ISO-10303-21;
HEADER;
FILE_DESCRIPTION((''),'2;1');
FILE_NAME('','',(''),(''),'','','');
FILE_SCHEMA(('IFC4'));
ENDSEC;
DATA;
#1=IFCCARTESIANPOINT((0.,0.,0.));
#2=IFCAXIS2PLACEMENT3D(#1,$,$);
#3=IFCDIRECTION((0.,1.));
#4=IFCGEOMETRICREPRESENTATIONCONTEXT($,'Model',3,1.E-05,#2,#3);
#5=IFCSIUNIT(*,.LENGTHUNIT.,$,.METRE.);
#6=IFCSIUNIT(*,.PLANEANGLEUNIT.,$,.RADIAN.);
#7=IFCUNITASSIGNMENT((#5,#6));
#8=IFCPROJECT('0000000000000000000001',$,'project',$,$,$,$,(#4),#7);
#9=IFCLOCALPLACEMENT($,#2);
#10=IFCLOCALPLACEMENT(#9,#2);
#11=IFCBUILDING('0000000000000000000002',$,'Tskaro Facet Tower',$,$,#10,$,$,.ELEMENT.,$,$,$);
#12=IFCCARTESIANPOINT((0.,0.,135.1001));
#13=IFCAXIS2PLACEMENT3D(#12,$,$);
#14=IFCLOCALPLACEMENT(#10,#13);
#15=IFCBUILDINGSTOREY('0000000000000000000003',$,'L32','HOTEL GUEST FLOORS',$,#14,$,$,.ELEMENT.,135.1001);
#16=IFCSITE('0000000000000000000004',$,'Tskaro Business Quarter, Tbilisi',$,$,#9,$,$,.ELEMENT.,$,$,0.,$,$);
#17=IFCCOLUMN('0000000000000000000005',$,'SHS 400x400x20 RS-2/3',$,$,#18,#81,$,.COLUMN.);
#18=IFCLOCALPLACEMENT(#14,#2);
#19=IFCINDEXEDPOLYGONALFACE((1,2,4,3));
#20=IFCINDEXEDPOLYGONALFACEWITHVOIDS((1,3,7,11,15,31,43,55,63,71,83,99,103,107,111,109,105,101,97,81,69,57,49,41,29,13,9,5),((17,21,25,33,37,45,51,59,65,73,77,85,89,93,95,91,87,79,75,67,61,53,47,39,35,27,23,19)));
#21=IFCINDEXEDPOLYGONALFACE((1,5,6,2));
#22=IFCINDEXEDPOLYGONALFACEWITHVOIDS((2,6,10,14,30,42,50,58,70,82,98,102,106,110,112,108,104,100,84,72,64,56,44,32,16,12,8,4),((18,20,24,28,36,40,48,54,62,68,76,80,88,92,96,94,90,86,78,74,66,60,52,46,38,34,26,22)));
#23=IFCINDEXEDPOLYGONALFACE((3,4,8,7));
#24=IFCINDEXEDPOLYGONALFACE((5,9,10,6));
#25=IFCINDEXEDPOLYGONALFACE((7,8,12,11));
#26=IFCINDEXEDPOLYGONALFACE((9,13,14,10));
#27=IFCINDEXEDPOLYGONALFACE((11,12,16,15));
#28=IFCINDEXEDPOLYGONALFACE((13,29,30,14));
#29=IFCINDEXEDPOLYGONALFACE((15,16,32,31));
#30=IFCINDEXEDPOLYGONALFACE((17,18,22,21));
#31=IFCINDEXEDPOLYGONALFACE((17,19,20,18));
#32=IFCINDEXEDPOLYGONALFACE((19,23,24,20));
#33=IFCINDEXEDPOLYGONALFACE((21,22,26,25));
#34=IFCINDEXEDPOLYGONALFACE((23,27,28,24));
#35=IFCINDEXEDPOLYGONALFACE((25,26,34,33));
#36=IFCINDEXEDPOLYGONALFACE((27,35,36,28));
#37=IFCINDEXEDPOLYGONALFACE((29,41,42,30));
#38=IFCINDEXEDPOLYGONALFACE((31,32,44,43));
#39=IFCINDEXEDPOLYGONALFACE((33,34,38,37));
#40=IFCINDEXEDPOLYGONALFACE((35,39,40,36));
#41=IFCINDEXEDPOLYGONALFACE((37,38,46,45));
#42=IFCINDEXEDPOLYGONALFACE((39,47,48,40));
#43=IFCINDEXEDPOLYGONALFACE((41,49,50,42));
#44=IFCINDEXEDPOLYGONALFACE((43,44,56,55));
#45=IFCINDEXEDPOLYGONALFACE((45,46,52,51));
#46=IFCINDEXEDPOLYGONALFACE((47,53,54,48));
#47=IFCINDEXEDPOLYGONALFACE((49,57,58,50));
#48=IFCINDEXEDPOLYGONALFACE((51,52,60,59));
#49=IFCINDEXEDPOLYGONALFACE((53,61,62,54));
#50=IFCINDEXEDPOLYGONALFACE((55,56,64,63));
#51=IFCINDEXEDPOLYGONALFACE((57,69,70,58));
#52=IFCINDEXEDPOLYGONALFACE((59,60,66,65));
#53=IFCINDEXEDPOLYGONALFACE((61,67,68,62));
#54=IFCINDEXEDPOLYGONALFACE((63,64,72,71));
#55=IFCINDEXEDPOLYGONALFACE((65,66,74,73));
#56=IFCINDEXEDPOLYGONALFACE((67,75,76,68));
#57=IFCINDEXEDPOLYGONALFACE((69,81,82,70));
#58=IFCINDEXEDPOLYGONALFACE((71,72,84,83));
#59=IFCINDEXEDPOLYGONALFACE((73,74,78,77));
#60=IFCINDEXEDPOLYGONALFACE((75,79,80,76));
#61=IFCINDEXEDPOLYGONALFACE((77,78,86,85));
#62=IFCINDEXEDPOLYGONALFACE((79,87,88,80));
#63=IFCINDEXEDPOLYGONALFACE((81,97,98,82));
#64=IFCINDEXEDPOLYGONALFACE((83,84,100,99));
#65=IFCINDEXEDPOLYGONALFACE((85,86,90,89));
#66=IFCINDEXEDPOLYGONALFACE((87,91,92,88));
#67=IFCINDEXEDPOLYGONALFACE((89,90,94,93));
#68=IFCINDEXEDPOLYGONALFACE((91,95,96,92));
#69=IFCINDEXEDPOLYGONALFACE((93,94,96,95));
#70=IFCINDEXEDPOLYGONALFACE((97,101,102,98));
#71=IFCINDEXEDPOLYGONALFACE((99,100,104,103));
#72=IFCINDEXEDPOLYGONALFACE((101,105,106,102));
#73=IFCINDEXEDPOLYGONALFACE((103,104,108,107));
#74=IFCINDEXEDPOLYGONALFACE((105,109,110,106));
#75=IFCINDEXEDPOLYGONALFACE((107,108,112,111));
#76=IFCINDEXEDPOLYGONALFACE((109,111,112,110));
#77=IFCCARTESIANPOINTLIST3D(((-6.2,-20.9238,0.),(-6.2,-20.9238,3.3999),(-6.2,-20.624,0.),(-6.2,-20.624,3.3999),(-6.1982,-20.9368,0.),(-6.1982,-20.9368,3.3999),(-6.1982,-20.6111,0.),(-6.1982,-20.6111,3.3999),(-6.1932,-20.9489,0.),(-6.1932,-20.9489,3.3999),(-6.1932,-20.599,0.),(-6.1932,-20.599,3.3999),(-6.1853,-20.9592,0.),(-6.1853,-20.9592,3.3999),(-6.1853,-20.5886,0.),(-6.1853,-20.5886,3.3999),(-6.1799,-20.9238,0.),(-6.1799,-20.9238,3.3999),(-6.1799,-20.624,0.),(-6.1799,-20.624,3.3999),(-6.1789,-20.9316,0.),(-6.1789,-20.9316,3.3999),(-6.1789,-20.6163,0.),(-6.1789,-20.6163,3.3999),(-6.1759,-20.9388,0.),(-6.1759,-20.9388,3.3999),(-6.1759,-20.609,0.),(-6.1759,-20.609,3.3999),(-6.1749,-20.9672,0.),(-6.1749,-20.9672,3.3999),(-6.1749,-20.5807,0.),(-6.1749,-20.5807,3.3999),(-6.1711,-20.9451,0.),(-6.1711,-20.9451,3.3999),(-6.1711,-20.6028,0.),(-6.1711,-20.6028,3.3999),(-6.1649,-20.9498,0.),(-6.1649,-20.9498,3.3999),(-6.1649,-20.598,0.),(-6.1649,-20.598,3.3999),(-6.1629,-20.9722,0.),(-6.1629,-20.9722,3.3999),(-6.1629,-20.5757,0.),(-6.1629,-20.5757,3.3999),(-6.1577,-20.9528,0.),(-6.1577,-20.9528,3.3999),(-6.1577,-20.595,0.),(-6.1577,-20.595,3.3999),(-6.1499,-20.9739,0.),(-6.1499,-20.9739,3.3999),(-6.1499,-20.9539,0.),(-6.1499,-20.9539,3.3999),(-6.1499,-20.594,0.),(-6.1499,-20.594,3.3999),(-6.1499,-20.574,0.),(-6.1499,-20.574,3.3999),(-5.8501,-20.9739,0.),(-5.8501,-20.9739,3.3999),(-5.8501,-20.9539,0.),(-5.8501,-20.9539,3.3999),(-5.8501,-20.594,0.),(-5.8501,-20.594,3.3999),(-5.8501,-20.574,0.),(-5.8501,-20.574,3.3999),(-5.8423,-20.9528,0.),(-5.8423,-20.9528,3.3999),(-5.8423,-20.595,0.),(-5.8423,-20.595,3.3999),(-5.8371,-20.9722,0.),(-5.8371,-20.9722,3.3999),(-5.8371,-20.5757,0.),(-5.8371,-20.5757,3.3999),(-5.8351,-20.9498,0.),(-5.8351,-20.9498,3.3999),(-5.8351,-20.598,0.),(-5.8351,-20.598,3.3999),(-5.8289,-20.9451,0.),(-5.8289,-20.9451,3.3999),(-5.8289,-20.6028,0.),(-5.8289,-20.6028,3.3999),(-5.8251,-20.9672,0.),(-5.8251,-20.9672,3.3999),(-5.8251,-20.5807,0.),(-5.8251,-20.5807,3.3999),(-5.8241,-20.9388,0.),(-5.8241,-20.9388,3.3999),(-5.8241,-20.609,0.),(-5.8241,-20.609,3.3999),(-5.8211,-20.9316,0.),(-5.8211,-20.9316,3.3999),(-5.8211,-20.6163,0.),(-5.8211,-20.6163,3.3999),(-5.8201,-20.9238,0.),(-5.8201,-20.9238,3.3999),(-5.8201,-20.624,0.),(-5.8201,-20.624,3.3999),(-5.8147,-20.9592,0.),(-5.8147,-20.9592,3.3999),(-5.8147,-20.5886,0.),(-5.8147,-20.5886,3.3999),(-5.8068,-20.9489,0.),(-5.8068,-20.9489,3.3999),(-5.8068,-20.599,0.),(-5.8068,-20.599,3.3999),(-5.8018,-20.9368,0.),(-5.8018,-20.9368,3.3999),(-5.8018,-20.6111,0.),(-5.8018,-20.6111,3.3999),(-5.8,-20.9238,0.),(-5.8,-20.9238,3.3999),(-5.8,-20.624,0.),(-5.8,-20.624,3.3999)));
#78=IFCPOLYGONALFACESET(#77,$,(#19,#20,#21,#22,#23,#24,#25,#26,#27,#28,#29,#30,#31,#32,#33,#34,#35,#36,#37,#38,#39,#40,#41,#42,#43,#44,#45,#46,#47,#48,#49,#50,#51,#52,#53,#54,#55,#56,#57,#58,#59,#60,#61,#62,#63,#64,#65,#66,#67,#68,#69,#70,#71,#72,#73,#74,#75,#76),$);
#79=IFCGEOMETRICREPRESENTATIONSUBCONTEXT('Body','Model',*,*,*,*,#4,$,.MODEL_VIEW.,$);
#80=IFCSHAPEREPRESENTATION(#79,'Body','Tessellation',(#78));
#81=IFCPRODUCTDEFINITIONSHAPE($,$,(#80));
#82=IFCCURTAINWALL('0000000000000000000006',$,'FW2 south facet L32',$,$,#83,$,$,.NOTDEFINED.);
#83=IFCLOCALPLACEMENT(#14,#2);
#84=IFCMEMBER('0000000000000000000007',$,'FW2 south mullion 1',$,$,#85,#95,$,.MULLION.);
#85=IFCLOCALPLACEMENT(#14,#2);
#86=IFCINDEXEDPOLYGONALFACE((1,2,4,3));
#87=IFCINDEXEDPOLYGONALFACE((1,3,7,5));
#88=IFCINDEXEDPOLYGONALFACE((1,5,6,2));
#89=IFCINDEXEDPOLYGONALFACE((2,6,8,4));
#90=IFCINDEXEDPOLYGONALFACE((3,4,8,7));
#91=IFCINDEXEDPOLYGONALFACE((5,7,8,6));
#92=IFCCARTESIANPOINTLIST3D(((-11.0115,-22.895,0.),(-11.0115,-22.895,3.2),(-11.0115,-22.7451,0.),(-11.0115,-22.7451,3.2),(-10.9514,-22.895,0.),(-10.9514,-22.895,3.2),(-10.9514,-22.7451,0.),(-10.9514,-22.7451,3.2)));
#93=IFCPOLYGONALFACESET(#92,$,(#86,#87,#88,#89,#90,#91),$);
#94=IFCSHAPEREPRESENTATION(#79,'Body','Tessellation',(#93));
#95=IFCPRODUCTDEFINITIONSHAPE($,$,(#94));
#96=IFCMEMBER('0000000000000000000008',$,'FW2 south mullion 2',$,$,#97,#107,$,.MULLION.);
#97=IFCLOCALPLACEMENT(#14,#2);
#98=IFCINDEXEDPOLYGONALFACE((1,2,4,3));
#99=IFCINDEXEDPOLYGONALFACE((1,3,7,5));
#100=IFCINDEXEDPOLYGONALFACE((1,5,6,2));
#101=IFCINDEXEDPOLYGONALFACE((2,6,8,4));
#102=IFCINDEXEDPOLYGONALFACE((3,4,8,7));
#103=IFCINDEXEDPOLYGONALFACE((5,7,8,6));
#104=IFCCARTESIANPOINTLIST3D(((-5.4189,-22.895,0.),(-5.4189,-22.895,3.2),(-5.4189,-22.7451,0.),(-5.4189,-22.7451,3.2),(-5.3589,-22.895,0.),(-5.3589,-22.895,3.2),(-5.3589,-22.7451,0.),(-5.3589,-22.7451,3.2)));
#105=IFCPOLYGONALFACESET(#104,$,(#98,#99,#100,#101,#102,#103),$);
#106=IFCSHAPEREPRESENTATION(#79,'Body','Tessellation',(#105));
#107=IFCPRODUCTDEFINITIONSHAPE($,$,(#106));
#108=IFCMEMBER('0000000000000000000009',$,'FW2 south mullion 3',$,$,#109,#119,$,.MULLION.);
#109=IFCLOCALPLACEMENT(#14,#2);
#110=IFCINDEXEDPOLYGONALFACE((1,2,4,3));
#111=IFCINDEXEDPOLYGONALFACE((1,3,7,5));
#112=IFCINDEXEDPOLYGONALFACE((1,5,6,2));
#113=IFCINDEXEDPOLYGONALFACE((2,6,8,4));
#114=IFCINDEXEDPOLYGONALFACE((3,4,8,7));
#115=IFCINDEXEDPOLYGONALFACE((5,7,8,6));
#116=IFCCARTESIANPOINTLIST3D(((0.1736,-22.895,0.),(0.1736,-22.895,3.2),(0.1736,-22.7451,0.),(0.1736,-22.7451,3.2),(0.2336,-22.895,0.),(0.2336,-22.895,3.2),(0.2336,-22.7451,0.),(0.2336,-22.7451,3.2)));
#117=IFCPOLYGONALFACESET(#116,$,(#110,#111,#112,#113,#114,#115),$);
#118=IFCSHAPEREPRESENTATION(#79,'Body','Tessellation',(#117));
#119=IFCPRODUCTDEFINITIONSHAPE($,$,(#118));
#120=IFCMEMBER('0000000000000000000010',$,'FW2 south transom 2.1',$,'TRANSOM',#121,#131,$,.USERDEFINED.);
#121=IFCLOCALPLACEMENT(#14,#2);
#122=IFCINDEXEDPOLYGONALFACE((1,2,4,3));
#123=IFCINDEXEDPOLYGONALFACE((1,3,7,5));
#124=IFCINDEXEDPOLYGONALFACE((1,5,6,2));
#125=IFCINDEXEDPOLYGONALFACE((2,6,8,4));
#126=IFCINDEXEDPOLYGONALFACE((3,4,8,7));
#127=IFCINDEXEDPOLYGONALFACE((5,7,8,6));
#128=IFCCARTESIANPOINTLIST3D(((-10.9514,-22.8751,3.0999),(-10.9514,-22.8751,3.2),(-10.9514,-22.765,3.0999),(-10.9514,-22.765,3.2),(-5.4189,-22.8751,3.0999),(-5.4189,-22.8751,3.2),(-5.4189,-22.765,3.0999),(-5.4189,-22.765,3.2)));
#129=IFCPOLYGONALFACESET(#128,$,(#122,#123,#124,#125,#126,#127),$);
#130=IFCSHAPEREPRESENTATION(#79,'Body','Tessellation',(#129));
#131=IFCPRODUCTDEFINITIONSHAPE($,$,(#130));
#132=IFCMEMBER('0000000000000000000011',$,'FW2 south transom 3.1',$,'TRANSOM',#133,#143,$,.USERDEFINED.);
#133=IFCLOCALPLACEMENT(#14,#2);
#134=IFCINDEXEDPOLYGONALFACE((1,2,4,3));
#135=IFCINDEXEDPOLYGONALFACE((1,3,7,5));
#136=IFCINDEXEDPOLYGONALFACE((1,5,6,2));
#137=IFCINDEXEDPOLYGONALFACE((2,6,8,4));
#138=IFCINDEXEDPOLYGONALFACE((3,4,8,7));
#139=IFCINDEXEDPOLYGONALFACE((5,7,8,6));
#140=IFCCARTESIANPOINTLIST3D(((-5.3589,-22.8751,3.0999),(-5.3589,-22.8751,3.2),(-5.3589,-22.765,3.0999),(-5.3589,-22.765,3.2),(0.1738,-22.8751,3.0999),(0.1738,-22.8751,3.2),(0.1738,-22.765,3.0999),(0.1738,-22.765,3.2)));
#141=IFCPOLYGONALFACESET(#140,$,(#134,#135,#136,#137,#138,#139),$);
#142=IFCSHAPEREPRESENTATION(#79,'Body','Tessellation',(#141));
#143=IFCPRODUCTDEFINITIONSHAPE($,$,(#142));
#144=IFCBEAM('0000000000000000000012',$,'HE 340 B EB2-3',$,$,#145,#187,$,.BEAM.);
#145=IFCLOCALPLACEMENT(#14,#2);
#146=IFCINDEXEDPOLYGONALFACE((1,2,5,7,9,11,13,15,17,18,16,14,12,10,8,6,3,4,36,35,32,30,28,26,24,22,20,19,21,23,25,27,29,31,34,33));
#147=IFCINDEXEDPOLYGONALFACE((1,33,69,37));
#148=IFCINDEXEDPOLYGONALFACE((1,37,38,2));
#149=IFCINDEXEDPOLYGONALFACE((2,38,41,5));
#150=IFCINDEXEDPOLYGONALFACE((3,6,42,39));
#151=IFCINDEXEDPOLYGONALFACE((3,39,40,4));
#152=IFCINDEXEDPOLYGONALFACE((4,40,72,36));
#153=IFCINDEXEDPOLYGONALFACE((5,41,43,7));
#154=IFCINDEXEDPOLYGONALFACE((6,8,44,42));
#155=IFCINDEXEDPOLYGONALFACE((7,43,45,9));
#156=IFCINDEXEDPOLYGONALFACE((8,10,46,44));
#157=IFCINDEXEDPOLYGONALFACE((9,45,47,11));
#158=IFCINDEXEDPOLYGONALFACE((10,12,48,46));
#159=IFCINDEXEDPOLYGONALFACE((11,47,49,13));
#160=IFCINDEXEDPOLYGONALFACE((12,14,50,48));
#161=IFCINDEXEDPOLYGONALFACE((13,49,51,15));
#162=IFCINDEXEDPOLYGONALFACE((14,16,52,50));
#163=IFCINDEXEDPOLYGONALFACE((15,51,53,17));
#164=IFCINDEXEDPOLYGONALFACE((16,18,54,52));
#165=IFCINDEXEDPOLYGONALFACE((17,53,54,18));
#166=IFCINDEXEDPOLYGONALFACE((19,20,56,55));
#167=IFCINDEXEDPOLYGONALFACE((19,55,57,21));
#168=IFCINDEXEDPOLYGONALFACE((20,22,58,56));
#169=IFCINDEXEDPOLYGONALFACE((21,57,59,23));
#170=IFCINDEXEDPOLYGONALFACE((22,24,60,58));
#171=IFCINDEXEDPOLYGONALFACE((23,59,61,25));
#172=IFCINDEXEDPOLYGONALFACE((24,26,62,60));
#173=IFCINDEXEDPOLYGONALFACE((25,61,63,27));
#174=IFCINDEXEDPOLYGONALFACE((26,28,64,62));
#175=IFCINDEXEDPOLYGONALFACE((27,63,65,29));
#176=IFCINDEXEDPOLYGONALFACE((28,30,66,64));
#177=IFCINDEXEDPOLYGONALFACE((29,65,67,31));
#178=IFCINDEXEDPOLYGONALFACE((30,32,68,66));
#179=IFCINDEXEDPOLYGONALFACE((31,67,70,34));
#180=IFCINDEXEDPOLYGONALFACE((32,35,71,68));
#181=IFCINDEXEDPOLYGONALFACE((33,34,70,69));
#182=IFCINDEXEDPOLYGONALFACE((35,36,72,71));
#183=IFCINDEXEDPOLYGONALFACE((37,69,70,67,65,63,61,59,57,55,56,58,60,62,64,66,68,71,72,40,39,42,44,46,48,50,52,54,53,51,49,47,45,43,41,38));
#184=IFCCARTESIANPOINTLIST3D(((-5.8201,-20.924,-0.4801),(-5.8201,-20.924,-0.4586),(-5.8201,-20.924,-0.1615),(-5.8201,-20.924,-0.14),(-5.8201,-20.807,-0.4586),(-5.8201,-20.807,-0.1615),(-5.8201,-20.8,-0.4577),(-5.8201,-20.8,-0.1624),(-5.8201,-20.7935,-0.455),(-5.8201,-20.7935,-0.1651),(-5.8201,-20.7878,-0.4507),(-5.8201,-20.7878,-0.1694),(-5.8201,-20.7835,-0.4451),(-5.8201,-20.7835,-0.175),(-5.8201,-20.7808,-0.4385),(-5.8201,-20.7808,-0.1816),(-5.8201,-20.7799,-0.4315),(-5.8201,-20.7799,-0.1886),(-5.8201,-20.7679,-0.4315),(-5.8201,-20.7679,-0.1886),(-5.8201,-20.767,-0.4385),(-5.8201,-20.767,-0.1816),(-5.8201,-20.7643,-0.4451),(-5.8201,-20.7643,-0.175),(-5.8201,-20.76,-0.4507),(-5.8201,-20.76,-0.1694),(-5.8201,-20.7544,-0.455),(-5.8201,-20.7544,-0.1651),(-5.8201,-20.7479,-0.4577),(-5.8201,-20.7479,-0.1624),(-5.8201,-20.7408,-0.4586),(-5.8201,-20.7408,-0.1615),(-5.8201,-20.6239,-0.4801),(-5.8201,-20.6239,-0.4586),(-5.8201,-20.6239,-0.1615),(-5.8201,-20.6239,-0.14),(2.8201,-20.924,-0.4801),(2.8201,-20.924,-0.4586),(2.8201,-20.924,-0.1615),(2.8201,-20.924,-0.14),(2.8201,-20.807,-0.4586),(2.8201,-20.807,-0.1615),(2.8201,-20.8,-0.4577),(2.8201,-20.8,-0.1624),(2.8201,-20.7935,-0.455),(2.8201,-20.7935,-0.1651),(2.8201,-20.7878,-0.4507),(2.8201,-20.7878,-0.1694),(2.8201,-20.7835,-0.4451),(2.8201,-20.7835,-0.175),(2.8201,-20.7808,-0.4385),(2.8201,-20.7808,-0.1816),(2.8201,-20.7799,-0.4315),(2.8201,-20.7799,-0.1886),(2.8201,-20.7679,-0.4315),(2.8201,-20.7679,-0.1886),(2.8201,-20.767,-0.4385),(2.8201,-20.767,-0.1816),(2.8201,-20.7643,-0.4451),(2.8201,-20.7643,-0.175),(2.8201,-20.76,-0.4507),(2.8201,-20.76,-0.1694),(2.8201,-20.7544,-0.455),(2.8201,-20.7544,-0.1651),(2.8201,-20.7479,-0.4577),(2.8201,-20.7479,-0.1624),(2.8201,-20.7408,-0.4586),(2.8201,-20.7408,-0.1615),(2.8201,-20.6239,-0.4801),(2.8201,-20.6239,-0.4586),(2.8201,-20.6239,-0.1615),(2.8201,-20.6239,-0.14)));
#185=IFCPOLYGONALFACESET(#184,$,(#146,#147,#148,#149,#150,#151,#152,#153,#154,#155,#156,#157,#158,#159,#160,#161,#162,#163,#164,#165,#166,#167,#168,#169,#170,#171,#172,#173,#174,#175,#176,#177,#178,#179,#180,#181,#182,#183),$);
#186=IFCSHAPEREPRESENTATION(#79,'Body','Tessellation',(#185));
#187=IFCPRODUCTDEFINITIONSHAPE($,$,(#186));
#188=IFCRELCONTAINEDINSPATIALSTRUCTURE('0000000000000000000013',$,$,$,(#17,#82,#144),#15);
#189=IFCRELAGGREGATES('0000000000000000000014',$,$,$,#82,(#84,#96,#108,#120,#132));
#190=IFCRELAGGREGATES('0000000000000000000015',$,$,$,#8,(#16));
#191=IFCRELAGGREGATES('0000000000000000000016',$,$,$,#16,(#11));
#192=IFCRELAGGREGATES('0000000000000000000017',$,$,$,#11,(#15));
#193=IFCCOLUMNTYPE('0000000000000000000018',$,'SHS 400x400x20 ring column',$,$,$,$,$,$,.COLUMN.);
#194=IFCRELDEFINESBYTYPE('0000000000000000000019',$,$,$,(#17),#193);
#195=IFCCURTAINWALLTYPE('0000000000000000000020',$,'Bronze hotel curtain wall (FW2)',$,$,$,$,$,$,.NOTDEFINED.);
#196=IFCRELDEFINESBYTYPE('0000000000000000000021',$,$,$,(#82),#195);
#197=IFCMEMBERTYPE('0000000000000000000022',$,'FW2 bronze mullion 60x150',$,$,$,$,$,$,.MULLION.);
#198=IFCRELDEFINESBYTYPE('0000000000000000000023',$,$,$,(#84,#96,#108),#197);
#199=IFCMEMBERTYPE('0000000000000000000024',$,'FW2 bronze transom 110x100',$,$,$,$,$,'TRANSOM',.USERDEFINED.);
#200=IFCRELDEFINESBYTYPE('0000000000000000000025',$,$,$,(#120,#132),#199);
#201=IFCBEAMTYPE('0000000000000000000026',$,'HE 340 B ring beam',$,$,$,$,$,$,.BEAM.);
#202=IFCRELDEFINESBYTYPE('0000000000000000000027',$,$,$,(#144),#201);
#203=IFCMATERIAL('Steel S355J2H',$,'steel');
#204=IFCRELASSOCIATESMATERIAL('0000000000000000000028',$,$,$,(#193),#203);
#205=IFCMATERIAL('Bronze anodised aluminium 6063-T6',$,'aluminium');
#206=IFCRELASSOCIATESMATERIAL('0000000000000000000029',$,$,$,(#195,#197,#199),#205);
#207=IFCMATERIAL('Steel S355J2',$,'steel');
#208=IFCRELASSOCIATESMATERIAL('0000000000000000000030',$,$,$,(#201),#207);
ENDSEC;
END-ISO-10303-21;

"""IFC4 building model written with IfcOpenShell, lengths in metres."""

from ifc_helpers import new_model, si_unit, direction, frame, origin, origin_2d, place, context, subcontext, project, spatial, rectangle, hollow_rectangle, i_section, extrude, material, material_profile, profile_set, type_object, element, aggregate, save


model = new_model("IFC4")

# Units and contexts
model_context = context("Model", 3, precision=1e-05, world=origin(), true_north=direction((0.0, 1.0)))
body_context = subcontext(model_context, "Body", "Model", "MODEL_VIEW")
ifc_project = project(units=[si_unit("LENGTHUNIT", "METRE"), si_unit("PLANEANGLEUNIT", "RADIAN")], contexts=[model_context])

# Site, building, storey
site_placement = place(None, origin())
site = spatial("IfcSite", under=ifc_project, at=site_placement, Name="Tskaro Business Quarter, Tbilisi", CompositionType="ELEMENT", RefElevation=0.0)
building_placement = place(site_placement, origin())
building = spatial("IfcBuilding", under=site, at=building_placement, Name="Tskaro Facet Tower", CompositionType="ELEMENT")
storey_placement = place(building_placement, frame((0.0, 0.0, 135.1001)))
storey = spatial("IfcBuildingStorey", under=building, at=storey_placement, Name="L32", Description="HOTEL GUEST FLOORS", CompositionType="ELEMENT", Elevation=135.1001)

# Column
ifc_material_1 = material(Name="Steel S355J2H", Category="steel")
ifc_material_profile_1 = material_profile(ifc_material_1, hollow_rectangle(XDim=0.3999, YDim=0.3999, WallThickness=0.02, InnerFilletRadius=0.03, OuterFilletRadius=0.05, at=origin_2d()), Name="SHS 400x400x20")
ifc_profile_set_1 = profile_set([ifc_material_profile_1], Name="Steel S355J2H")
column_type = type_object("IfcColumnType", Name="SHS 400x400x20 ring column", PredefinedType="COLUMN", material=ifc_profile_set_1)
column_placement = place(storey_placement, frame((-6.0, -20.7739, 0.0), z_axis=(0.0, 0.0, 1.0), x_axis=(1.0, 0.0, 0.0)))
element("IfcColumn", 1, at=column_placement, inside=storey, type_object=column_type, Name="SHS 400x400x20 RS-2/3", PredefinedType="COLUMN", context=body_context, shape_type="SweptSolid", body=[
    extrude(hollow_rectangle(XDim=0.3999, YDim=0.3999, WallThickness=0.02, InnerFilletRadius=0.03, OuterFilletRadius=0.05, at=origin_2d()), origin(), (0.0, 0.0, 1.0), 3.3999),
])

# Curtain wall, members
ifc_material_2 = material(Name="Bronze anodised aluminium 6063-T6", Category="aluminium")
curtain_wall_type = type_object("IfcCurtainWallType", Name="Bronze hotel curtain wall (FW2)", PredefinedType="NOTDEFINED", material=ifc_material_2)
curtain_wall_placement = place(storey_placement, origin())
curtain_wall = element("IfcCurtainWall", 2, at=curtain_wall_placement, inside=storey, type_object=curtain_wall_type, Name="FW2 south facet L32", PredefinedType="NOTDEFINED")
ifc_material_profile_2 = material_profile(ifc_material_2, rectangle(XDim=0.0601, YDim=0.1499, at=origin_2d()), Name="Mullion 60x150")
ifc_profile_set_2 = profile_set([ifc_material_profile_2], Name="Bronze anodised aluminium 6063-T6")
member_type_1 = type_object("IfcMemberType", Name="FW2 bronze mullion 60x150", PredefinedType="MULLION", material=ifc_profile_set_2)
member_1_placement = place(storey_placement, frame((-10.9814, -22.8201, 0.0), z_axis=(0.0, 0.0, 1.0), x_axis=(1.0, 0.0, 0.0)))
member_1 = element("IfcMember", 3, at=member_1_placement, type_object=member_type_1, Name="FW2 south mullion 1", PredefinedType="MULLION", context=body_context, shape_type="SweptSolid", body=[
    extrude(rectangle(XDim=0.0601, YDim=0.1499, at=origin_2d()), origin(), (0.0, 0.0, 1.0), 3.2),
])
member_2_placement = place(storey_placement, frame((-5.3889, -22.8201, 0.0), z_axis=(0.0, 0.0, 1.0), x_axis=(1.0, 0.0, 0.0)))
member_2 = element("IfcMember", 4, at=member_2_placement, type_object=member_type_1, Name="FW2 south mullion 2", PredefinedType="MULLION", context=body_context, shape_type="SweptSolid", body=[
    extrude(rectangle(XDim=0.0601, YDim=0.1499, at=origin_2d()), origin(), (0.0, 0.0, 1.0), 3.2),
])
member_3_placement = place(storey_placement, frame((0.2036, -22.8201, 0.0), z_axis=(0.0, 0.0, 1.0), x_axis=(1.0, 0.0, 0.0)))
member_3 = element("IfcMember", 5, at=member_3_placement, type_object=member_type_1, Name="FW2 south mullion 3", PredefinedType="MULLION", context=body_context, shape_type="SweptSolid", body=[
    extrude(rectangle(XDim=0.0601, YDim=0.1499, at=origin_2d()), origin(), (0.0, 0.0, 1.0), 3.2),
])
ifc_material_profile_3 = material_profile(ifc_material_2, rectangle(XDim=0.1101, YDim=0.1001, at=origin_2d()), Name="Transom 110x100")
ifc_profile_set_3 = profile_set([ifc_material_profile_3], Name="Bronze anodised aluminium 6063-T6")
member_type_2 = type_object("IfcMemberType", Name="FW2 bronze transom 110x100", ElementType="TRANSOM", PredefinedType="USERDEFINED", material=ifc_profile_set_3)
member_4_placement = place(storey_placement, frame((-10.9514, -22.8201, 3.1499), z_axis=(1.0, 0.0, 0.0), x_axis=(0.0, 1.0, 0.0)))
member_4 = element("IfcMember", 6, at=member_4_placement, type_object=member_type_2, Name="FW2 south transom 2.1", ObjectType="TRANSOM", PredefinedType="USERDEFINED", context=body_context, shape_type="SweptSolid", body=[
    extrude(rectangle(XDim=0.1101, YDim=0.1001, at=origin_2d()), origin(), (0.0, 0.0, 1.0), 5.5325),
])
member_5_placement = place(storey_placement, frame((-5.3589, -22.8201, 3.1499), z_axis=(1.0, 0.0, 0.0), x_axis=(0.0, 1.0, 0.0)))
member_5 = element("IfcMember", 7, at=member_5_placement, type_object=member_type_2, Name="FW2 south transom 3.1", ObjectType="TRANSOM", PredefinedType="USERDEFINED", context=body_context, shape_type="SweptSolid", body=[
    extrude(rectangle(XDim=0.1101, YDim=0.1001, at=origin_2d()), origin(), (0.0, 0.0, 1.0), 5.5327),
])

# Beam
ifc_material_3 = material(Name="Steel S355J2", Category="steel")
ifc_material_profile_4 = material_profile(ifc_material_3, i_section(OverallWidth=0.3, OverallDepth=0.3401, WebThickness=0.012, FlangeThickness=0.0215, FilletRadius=0.0271, at=origin_2d()), Name="HE 340 B")
ifc_profile_set_4 = profile_set([ifc_material_profile_4], Name="Steel S355J2")
beam_type_1 = type_object("IfcBeamType", Name="HE 340 B ring beam", PredefinedType="BEAM", material=ifc_profile_set_4)
beam_placement = place(storey_placement, frame((-5.8201, -20.7739, -0.3101), z_axis=(1.0, 0.0, 0.0), x_axis=(0.0, 1.0, 0.0)))
element("IfcBeam", 8, at=beam_placement, inside=storey, type_object=beam_type_1, Name="HE 340 B EB2-3", PredefinedType="BEAM", context=body_context, shape_type="SweptSolid", body=[
    extrude(i_section(OverallWidth=0.3, OverallDepth=0.3401, WebThickness=0.012, FlangeThickness=0.0215, FilletRadius=0.0271, at=origin_2d()), origin(), (0.0, 0.0, 1.0), 8.6401),
])

aggregate(curtain_wall, [member_1, member_2, member_3, member_4, member_5])

save(model, "model.ifc")
